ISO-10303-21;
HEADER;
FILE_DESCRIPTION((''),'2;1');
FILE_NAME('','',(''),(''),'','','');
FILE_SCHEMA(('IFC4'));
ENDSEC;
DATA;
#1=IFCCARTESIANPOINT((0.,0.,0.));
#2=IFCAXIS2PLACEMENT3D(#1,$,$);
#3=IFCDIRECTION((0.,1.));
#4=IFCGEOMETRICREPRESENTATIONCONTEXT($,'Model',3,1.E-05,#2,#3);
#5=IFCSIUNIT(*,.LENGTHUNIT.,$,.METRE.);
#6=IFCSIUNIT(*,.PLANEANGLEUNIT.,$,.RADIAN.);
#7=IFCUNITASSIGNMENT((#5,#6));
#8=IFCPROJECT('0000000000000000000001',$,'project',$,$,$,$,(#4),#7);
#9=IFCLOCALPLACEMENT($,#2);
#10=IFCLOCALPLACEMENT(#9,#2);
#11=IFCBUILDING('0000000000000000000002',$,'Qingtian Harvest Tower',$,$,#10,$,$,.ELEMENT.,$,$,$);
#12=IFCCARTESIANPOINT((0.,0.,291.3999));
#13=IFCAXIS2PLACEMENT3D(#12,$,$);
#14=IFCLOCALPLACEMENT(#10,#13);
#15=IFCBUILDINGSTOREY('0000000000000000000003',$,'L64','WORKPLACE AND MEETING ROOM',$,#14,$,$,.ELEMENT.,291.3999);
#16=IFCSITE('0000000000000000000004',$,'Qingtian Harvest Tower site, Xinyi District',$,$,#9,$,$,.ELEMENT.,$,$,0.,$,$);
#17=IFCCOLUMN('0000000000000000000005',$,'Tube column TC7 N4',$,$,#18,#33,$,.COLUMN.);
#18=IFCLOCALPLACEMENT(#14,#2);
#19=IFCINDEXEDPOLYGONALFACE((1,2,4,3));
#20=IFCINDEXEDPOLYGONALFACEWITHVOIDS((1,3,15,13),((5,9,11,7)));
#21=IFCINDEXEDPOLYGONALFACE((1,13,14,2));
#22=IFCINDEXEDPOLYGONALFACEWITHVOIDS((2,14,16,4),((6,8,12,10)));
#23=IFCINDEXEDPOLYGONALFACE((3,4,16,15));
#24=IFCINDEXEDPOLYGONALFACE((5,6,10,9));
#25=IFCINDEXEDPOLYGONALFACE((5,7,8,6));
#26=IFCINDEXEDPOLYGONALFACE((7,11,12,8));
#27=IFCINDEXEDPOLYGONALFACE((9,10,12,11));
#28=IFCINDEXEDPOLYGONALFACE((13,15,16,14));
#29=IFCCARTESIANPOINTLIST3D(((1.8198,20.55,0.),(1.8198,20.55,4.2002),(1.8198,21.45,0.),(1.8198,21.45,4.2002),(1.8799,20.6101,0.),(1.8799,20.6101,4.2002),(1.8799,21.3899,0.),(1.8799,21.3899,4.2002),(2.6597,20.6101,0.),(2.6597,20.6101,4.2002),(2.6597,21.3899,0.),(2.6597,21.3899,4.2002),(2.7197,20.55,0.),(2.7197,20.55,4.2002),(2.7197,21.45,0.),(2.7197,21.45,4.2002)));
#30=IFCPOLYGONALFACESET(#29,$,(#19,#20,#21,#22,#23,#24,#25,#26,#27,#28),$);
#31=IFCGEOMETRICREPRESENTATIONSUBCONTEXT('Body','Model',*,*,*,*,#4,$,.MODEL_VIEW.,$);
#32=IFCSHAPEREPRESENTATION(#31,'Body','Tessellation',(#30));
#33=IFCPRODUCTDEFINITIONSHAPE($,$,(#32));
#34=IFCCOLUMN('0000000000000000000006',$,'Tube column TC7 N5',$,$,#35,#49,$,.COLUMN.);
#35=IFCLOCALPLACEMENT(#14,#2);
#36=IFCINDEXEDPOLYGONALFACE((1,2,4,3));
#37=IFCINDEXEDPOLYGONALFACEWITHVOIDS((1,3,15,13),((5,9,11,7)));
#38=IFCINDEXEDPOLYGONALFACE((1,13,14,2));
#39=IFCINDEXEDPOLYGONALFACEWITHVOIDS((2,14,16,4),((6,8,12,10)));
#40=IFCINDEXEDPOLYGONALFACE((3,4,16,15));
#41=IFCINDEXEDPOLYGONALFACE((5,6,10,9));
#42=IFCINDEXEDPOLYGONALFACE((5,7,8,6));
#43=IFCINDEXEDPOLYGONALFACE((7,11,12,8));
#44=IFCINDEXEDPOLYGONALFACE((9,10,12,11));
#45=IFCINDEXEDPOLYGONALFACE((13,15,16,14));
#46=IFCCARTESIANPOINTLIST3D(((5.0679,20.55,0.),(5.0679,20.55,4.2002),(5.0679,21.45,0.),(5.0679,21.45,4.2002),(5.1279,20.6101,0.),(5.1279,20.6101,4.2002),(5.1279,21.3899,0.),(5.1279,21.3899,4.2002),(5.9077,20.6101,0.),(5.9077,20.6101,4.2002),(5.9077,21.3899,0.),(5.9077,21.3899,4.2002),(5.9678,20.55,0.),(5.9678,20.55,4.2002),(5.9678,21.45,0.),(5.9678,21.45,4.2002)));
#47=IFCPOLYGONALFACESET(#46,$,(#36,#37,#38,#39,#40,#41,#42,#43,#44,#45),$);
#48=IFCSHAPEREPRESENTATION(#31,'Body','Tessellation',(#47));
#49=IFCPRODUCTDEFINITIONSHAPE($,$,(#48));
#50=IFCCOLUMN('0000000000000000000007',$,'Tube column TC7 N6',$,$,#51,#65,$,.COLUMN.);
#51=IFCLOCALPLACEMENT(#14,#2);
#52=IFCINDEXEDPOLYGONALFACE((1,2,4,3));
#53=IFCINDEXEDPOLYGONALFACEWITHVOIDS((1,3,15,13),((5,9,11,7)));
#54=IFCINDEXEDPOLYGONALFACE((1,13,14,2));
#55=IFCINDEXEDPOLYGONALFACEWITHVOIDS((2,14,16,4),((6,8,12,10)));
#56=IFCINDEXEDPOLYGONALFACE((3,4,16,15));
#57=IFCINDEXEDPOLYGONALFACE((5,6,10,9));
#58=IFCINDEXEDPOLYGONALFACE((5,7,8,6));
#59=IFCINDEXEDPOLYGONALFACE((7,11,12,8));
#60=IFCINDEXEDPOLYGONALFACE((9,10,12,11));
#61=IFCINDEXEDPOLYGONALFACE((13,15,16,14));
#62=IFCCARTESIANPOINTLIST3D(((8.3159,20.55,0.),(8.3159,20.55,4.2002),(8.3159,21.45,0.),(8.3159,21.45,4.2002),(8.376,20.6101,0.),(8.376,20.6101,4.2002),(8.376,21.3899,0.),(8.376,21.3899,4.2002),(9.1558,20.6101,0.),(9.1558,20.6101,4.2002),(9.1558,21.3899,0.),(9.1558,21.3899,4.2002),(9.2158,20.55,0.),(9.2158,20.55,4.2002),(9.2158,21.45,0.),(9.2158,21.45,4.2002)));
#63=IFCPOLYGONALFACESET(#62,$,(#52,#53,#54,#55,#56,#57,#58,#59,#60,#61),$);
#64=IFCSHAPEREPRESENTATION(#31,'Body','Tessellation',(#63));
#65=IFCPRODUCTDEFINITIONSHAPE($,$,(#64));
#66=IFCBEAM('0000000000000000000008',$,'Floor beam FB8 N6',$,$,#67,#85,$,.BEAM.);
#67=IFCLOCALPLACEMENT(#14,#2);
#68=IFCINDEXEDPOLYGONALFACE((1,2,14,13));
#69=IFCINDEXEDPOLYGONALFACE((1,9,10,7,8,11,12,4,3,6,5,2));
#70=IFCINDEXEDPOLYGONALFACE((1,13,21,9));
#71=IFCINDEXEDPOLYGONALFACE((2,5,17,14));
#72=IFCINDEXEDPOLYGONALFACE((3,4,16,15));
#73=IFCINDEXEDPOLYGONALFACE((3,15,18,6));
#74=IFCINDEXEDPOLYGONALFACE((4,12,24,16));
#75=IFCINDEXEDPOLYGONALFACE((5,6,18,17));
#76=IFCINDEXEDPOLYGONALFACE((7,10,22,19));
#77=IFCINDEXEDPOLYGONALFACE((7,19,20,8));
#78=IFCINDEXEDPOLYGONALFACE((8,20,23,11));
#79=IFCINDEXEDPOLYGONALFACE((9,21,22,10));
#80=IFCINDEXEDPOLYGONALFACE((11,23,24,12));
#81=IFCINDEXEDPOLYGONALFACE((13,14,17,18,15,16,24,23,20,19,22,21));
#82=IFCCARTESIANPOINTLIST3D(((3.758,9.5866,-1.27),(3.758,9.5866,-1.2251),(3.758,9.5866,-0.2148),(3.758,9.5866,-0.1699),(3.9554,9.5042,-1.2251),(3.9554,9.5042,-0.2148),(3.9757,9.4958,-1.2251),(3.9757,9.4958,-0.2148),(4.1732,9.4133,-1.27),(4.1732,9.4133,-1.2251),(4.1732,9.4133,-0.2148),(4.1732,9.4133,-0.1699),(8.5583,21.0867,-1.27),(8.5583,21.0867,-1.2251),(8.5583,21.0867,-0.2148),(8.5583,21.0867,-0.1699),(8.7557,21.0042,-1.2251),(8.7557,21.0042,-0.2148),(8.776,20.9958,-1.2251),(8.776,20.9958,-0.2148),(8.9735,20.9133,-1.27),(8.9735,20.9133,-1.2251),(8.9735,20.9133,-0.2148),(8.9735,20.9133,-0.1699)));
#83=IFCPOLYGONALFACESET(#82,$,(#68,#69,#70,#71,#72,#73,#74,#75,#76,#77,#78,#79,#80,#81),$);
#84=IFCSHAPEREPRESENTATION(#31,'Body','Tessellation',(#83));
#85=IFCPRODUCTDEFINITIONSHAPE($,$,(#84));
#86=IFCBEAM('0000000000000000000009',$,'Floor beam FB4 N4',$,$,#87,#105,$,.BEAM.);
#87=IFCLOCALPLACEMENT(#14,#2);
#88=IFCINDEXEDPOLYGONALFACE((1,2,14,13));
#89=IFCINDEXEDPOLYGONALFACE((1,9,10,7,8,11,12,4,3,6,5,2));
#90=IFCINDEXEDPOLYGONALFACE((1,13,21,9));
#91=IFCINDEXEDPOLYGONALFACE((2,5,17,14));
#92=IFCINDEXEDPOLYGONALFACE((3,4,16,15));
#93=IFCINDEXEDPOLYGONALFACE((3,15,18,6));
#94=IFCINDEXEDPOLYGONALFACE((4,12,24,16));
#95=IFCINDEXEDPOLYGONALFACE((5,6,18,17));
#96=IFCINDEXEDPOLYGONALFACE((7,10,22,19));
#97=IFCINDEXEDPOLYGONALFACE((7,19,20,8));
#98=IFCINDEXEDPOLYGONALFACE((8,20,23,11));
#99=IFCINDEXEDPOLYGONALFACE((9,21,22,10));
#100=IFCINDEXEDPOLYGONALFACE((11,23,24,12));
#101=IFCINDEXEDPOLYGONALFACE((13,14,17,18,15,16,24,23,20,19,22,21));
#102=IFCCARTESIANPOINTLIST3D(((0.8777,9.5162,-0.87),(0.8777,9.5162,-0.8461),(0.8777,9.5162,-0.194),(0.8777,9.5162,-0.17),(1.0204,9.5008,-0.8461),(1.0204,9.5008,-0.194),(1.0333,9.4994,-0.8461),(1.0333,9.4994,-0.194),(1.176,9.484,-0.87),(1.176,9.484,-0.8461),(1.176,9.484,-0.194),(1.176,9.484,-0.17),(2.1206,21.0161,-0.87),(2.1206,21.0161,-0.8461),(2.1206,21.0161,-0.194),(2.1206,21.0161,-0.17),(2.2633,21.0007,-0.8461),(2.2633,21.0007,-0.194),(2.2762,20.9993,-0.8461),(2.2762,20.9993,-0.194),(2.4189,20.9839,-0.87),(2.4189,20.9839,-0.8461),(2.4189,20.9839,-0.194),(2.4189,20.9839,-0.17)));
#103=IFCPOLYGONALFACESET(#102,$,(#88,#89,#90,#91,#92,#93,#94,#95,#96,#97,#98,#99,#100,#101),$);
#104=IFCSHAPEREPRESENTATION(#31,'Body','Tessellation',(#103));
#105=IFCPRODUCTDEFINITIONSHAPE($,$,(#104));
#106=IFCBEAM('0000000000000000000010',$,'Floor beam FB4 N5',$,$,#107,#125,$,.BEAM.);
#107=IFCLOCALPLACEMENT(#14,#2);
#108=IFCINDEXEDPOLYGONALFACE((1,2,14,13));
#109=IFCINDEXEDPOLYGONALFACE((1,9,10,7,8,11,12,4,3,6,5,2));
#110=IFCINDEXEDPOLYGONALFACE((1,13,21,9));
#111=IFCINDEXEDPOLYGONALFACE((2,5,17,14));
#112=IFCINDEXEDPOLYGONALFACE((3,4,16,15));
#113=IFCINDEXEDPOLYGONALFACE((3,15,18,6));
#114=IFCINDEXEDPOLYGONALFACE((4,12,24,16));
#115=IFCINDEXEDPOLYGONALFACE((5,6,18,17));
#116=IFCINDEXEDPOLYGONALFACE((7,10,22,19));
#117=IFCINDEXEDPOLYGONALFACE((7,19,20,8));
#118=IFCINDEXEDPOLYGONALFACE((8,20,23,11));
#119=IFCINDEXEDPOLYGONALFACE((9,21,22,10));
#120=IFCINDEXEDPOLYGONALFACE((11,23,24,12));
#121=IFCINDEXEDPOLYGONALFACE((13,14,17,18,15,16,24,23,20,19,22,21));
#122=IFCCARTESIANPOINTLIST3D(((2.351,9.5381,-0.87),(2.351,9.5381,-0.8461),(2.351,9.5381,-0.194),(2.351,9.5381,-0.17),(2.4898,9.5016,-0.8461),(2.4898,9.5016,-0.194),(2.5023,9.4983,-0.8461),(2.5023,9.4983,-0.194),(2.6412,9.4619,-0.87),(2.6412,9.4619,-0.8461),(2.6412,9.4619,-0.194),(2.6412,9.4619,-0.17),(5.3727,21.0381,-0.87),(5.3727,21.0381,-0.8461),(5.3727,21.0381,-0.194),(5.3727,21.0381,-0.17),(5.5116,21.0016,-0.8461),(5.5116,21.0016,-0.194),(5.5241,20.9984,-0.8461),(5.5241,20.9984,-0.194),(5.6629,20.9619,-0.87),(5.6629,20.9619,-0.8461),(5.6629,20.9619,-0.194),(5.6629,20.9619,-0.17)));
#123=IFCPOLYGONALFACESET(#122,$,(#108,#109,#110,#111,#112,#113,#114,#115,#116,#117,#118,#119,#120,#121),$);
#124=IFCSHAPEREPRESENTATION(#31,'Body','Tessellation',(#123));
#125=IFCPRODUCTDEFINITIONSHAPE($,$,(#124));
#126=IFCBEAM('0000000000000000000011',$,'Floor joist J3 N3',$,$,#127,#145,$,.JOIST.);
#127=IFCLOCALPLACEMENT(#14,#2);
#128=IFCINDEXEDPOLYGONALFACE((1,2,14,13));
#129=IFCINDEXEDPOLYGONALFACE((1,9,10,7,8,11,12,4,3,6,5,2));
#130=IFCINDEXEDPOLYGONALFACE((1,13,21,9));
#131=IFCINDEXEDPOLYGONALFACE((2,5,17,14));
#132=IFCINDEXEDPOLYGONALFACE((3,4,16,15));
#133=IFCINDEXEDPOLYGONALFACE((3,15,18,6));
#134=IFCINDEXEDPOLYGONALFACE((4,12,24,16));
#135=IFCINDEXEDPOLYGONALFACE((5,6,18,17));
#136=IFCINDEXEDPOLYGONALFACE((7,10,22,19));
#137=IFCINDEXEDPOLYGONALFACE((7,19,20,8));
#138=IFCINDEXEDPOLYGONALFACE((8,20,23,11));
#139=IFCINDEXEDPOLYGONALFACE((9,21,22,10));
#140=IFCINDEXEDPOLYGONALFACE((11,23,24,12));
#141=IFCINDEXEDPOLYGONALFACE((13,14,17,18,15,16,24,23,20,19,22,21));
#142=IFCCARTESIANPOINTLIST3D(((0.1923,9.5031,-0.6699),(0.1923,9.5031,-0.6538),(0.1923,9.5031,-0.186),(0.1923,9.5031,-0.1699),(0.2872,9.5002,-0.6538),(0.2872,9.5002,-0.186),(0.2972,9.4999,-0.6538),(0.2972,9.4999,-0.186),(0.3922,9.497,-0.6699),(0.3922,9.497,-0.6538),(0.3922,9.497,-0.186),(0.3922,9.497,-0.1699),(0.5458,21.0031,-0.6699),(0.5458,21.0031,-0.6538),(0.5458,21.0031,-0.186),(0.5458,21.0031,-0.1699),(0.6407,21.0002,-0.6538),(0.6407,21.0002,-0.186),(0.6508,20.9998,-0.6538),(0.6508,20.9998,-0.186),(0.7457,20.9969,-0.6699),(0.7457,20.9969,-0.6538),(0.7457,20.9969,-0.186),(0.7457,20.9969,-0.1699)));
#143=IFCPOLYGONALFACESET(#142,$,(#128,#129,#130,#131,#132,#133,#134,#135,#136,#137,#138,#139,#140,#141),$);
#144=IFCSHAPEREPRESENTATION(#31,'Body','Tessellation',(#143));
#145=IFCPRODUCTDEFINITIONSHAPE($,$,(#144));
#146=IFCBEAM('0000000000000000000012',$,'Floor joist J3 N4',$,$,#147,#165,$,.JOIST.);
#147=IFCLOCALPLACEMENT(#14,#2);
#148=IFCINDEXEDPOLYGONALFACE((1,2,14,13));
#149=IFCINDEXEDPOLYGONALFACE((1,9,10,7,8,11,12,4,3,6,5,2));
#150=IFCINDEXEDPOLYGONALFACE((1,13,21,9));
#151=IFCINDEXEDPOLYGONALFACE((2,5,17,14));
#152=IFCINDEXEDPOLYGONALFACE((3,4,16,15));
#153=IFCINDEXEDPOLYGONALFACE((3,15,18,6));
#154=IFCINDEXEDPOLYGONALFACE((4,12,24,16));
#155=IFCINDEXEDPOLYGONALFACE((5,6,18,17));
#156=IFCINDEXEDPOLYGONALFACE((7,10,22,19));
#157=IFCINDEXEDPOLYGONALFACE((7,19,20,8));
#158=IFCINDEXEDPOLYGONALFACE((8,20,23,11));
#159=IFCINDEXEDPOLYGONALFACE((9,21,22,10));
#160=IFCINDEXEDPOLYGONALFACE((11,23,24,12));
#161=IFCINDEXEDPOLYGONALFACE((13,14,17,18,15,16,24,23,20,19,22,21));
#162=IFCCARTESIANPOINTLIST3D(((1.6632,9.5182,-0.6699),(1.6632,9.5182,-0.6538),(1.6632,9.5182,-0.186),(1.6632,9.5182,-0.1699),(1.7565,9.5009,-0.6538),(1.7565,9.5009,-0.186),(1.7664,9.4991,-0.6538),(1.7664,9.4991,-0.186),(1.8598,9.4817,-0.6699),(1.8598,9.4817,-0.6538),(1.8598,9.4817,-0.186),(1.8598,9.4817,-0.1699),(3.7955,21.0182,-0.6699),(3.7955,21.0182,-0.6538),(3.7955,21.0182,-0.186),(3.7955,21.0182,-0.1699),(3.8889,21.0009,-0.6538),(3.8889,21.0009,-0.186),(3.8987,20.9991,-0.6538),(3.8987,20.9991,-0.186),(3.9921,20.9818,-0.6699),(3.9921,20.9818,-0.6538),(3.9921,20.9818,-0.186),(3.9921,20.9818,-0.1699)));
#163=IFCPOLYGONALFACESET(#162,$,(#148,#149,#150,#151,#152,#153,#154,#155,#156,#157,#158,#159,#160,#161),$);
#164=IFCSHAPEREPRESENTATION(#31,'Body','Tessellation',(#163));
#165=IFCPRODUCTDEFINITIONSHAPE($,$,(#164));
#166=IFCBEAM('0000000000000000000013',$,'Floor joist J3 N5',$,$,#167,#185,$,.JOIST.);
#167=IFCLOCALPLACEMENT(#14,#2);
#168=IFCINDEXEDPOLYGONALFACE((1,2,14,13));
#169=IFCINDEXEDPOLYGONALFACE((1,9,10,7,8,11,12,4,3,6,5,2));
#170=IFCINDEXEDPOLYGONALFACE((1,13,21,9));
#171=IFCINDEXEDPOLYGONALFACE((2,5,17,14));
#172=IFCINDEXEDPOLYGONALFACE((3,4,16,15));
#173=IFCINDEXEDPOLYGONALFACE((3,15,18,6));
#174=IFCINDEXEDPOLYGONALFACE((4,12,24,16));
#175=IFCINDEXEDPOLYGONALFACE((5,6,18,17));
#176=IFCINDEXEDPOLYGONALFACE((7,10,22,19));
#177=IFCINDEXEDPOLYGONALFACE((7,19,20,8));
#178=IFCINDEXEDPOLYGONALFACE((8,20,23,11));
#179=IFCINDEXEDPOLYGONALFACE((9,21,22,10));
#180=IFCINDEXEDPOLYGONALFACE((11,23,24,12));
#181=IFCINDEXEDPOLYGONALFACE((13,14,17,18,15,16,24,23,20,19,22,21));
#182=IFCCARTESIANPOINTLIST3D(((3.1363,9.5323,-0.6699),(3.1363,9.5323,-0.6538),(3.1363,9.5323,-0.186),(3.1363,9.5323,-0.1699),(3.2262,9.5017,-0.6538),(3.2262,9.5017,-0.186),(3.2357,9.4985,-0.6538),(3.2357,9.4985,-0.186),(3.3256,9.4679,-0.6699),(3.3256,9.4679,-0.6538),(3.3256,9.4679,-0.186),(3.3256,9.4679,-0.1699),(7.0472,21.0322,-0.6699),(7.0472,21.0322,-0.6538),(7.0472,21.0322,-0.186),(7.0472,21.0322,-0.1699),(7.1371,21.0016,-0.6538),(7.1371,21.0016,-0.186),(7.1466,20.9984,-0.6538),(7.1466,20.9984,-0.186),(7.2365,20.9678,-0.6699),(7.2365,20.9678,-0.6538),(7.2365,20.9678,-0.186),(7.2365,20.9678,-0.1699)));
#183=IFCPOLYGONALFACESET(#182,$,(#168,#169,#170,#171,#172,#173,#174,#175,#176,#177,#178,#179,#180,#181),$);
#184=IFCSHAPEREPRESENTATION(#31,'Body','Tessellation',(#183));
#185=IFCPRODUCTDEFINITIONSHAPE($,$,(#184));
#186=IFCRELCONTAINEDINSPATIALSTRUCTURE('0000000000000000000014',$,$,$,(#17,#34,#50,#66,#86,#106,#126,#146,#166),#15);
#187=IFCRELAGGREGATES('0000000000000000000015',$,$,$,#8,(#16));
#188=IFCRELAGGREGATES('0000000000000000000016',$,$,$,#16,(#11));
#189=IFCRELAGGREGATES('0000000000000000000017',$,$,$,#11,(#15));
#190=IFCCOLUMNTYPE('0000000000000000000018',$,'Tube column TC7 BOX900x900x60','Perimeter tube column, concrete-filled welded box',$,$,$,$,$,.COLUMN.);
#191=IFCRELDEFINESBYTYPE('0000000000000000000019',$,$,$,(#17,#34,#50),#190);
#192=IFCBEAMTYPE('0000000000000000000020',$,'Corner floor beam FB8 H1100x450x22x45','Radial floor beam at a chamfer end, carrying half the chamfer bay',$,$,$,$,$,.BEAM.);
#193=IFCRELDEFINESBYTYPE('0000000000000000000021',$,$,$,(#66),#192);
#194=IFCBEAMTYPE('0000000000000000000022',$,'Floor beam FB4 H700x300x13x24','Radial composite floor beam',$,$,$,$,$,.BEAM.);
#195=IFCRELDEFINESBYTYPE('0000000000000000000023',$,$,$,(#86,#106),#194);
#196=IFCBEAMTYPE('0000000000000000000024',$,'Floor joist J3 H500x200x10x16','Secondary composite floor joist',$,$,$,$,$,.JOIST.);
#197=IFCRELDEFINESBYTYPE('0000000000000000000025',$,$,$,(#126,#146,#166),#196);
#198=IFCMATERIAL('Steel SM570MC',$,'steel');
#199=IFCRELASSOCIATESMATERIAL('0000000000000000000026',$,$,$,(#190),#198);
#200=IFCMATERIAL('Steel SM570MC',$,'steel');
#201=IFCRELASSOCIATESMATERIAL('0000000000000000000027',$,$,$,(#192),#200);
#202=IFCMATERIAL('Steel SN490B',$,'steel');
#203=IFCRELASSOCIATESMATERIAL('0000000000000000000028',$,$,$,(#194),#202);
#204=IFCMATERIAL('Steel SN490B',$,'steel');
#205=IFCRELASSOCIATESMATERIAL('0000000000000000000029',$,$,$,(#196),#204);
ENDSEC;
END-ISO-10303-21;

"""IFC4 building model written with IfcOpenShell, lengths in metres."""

from ifc_helpers import new_model, si_unit, direction, frame, origin, origin_2d, place, context, subcontext, project, spatial, hollow_rectangle, i_section, extrude, material, material_profile, profile_set, type_object, element, save


model = new_model("IFC4")

# Units and contexts
model_context = context("Model", 3, precision=1e-05, world=origin(), true_north=direction((0.0, 1.0)))
body_context = subcontext(model_context, "Body", "Model", "MODEL_VIEW")
ifc_project = project(units=[si_unit("LENGTHUNIT", "METRE"), si_unit("PLANEANGLEUNIT", "RADIAN")], contexts=[model_context])

# Site, building, storey
site_placement = place(None, origin())
site = spatial("IfcSite", under=ifc_project, at=site_placement, Name="Qingtian Harvest Tower site, Xinyi District", CompositionType="ELEMENT", RefElevation=0.0)
building_placement = place(site_placement, origin())
building = spatial("IfcBuilding", under=site, at=building_placement, Name="Qingtian Harvest Tower", CompositionType="ELEMENT")
storey_placement = place(building_placement, frame((0.0, 0.0, 291.3999)))
storey = spatial("IfcBuildingStorey", under=building, at=storey_placement, Name="L64", Description="WORKPLACE AND MEETING ROOM", CompositionType="ELEMENT", Elevation=291.3999)

# Columns
ifc_material_1 = material(Name="Steel SM570MC", Category="steel")
ifc_material_profile_1 = material_profile(ifc_material_1, hollow_rectangle(XDim=0.8999, YDim=0.8999, WallThickness=0.0601, at=origin_2d()), Name="BOX900x900x60")
ifc_profile_set_1 = profile_set([ifc_material_profile_1], Name="Steel SM570MC")
column_type = type_object("IfcColumnType", Name="Tube column TC7 BOX900x900x60", Description="Perimeter tube column, concrete-filled welded box", PredefinedType="COLUMN", material=ifc_profile_set_1)
for number, where, z_axis, x_axis, name in (
    (1, (2.2698, 21.0, 0.0), (0.0, 0.0, 1.0), (-1.0, 0.0, 0.0), "Tube column TC7 N4"),
    (2, (5.5178, 21.0, 0.0), (0.0, 0.0, 1.0), (-1.0, 0.0, 0.0), "Tube column TC7 N5"),
    (3, (8.7659, 21.0, 0.0), (0.0, 0.0, 1.0), (-1.0, 0.0, 0.0), "Tube column TC7 N6"),
):
    element("IfcColumn", number, at=place(storey_placement, frame(where, z_axis=z_axis, x_axis=x_axis)), inside=storey, type_object=column_type, Name=name, PredefinedType="COLUMN", context=body_context, shape_type="SweptSolid", body=[
        extrude(hollow_rectangle(XDim=0.8999, YDim=0.8999, WallThickness=0.0601, at=origin_2d()), origin(), (0.0, 0.0, 1.0), 4.2002),
    ])

# Beams
ifc_material_2 = material(Name="Steel SM570MC", Category="steel")
ifc_material_profile_2 = material_profile(ifc_material_2, i_section(OverallWidth=0.45, OverallDepth=1.1001, WebThickness=0.022, FlangeThickness=0.0449, at=origin_2d()), Name="H1100x450x22x45")
ifc_profile_set_2 = profile_set([ifc_material_profile_2], Name="Steel SM570MC")
beam_type_1 = type_object("IfcBeamType", Name="Corner floor beam FB8 H1100x450x22x45", Description="Radial floor beam at a chamfer end, carrying half the chamfer bay", PredefinedType="BEAM", material=ifc_profile_set_2)
beam_1_placement = place(storey_placement, frame((8.7659, 21.0, -0.72), z_axis=(-0.385205, -0.922831, 0.0), x_axis=(0.922831, -0.385205, 0.0)))
element("IfcBeam", 4, at=beam_1_placement, inside=storey, type_object=beam_type_1, Name="Floor beam FB8 N6", PredefinedType="BEAM", context=body_context, shape_type="SweptSolid", body=[
    extrude(i_section(OverallWidth=0.45, OverallDepth=1.1001, WebThickness=0.022, FlangeThickness=0.0449, at=origin_2d()), origin(), (0.0, 0.0, 1.0), 12.4617),
])
ifc_material_3 = material(Name="Steel SN490B", Category="steel")
ifc_material_profile_3 = material_profile(ifc_material_3, i_section(OverallWidth=0.3, OverallDepth=0.7, WebThickness=0.0129, FlangeThickness=0.0239, at=origin_2d()), Name="H700x300x13x24")
ifc_profile_set_3 = profile_set([ifc_material_profile_3], Name="Steel SN490B")
beam_type_2 = type_object("IfcBeamType", Name="Floor beam FB4 H700x300x13x24", Description="Radial composite floor beam", PredefinedType="BEAM", material=ifc_profile_set_3)
beam_2_placement = place(storey_placement, frame((2.2698, 21.0, -0.52), z_axis=(-0.107454, -0.99421, 0.0), x_axis=(0.99421, -0.107454, 0.0)))
element("IfcBeam", 5, at=beam_2_placement, inside=storey, type_object=beam_type_2, Name="Floor beam FB4 N4", PredefinedType="BEAM", context=body_context, shape_type="SweptSolid", body=[
    extrude(i_section(OverallWidth=0.3, OverallDepth=0.7, WebThickness=0.0129, FlangeThickness=0.0239, at=origin_2d()), origin(), (0.0, 0.0, 1.0), 11.5669),
])
beam_3_placement = place(storey_placement, frame((5.5178, 21.0, -0.52), z_axis=(-0.254132, -0.967169, 0.0), x_axis=(0.967169, -0.254132, 0.0)))
element("IfcBeam", 6, at=beam_3_placement, inside=storey, type_object=beam_type_2, Name="Floor beam FB4 N5", PredefinedType="BEAM", context=body_context, shape_type="SweptSolid", body=[
    extrude(i_section(OverallWidth=0.3, OverallDepth=0.7, WebThickness=0.0129, FlangeThickness=0.0239, at=origin_2d()), origin(), (0.0, 0.0, 1.0), 11.8904),
])
ifc_material_4 = material(Name="Steel SN490B", Category="steel")
ifc_material_profile_4 = material_profile(ifc_material_4, i_section(OverallWidth=0.2, OverallDepth=0.5, WebThickness=0.01, FlangeThickness=0.0161, at=origin_2d()), Name="H500x200x10x16")
ifc_profile_set_4 = profile_set([ifc_material_profile_4], Name="Steel SN490B")
beam_type_3 = type_object("IfcBeamType", Name="Floor joist J3 H500x200x10x16", Description="Secondary composite floor joist", PredefinedType="JOIST", material=ifc_profile_set_4)
beam_4_placement = place(storey_placement, frame((0.6458, 21.0, -0.4199), z_axis=(-0.030726, -0.999528, 0.0), x_axis=(0.999528, -0.030726, 0.0)))
element("IfcBeam", 7, at=beam_4_placement, inside=storey, type_object=beam_type_3, Name="Floor joist J3 N3", PredefinedType="JOIST", context=body_context, shape_type="SweptSolid", body=[
    extrude(i_section(OverallWidth=0.2, OverallDepth=0.5, WebThickness=0.01, FlangeThickness=0.0161, at=origin_2d()), origin(), (0.0, 0.0, 1.0), 11.5054),
])
beam_5_placement = place(storey_placement, frame((3.8938, 21.0, -0.4199), z_axis=(-0.182312, -0.983241, 0.0), x_axis=(0.983241, -0.182312, 0.0)))
element("IfcBeam", 8, at=beam_5_placement, inside=storey, type_object=beam_type_3, Name="Floor joist J3 N4", PredefinedType="JOIST", context=body_context, shape_type="SweptSolid", body=[
    extrude(i_section(OverallWidth=0.2, OverallDepth=0.5, WebThickness=0.01, FlangeThickness=0.0161, at=origin_2d()), origin(), (0.0, 0.0, 1.0), 11.696),
])
beam_6_placement = place(storey_placement, frame((7.1418, 21.0, -0.4199), z_axis=(-0.321968, -0.94675, 0.0), x_axis=(0.94675, -0.321968, 0.0)))
element("IfcBeam", 9, at=beam_6_placement, inside=storey, type_object=beam_type_3, Name="Floor joist J3 N5", PredefinedType="JOIST", context=body_context, shape_type="SweptSolid", body=[
    extrude(i_section(OverallWidth=0.2, OverallDepth=0.5, WebThickness=0.01, FlangeThickness=0.0161, at=origin_2d()), origin(), (0.0, 0.0, 1.0), 12.1467),
])

save(model, "model.ifc")
